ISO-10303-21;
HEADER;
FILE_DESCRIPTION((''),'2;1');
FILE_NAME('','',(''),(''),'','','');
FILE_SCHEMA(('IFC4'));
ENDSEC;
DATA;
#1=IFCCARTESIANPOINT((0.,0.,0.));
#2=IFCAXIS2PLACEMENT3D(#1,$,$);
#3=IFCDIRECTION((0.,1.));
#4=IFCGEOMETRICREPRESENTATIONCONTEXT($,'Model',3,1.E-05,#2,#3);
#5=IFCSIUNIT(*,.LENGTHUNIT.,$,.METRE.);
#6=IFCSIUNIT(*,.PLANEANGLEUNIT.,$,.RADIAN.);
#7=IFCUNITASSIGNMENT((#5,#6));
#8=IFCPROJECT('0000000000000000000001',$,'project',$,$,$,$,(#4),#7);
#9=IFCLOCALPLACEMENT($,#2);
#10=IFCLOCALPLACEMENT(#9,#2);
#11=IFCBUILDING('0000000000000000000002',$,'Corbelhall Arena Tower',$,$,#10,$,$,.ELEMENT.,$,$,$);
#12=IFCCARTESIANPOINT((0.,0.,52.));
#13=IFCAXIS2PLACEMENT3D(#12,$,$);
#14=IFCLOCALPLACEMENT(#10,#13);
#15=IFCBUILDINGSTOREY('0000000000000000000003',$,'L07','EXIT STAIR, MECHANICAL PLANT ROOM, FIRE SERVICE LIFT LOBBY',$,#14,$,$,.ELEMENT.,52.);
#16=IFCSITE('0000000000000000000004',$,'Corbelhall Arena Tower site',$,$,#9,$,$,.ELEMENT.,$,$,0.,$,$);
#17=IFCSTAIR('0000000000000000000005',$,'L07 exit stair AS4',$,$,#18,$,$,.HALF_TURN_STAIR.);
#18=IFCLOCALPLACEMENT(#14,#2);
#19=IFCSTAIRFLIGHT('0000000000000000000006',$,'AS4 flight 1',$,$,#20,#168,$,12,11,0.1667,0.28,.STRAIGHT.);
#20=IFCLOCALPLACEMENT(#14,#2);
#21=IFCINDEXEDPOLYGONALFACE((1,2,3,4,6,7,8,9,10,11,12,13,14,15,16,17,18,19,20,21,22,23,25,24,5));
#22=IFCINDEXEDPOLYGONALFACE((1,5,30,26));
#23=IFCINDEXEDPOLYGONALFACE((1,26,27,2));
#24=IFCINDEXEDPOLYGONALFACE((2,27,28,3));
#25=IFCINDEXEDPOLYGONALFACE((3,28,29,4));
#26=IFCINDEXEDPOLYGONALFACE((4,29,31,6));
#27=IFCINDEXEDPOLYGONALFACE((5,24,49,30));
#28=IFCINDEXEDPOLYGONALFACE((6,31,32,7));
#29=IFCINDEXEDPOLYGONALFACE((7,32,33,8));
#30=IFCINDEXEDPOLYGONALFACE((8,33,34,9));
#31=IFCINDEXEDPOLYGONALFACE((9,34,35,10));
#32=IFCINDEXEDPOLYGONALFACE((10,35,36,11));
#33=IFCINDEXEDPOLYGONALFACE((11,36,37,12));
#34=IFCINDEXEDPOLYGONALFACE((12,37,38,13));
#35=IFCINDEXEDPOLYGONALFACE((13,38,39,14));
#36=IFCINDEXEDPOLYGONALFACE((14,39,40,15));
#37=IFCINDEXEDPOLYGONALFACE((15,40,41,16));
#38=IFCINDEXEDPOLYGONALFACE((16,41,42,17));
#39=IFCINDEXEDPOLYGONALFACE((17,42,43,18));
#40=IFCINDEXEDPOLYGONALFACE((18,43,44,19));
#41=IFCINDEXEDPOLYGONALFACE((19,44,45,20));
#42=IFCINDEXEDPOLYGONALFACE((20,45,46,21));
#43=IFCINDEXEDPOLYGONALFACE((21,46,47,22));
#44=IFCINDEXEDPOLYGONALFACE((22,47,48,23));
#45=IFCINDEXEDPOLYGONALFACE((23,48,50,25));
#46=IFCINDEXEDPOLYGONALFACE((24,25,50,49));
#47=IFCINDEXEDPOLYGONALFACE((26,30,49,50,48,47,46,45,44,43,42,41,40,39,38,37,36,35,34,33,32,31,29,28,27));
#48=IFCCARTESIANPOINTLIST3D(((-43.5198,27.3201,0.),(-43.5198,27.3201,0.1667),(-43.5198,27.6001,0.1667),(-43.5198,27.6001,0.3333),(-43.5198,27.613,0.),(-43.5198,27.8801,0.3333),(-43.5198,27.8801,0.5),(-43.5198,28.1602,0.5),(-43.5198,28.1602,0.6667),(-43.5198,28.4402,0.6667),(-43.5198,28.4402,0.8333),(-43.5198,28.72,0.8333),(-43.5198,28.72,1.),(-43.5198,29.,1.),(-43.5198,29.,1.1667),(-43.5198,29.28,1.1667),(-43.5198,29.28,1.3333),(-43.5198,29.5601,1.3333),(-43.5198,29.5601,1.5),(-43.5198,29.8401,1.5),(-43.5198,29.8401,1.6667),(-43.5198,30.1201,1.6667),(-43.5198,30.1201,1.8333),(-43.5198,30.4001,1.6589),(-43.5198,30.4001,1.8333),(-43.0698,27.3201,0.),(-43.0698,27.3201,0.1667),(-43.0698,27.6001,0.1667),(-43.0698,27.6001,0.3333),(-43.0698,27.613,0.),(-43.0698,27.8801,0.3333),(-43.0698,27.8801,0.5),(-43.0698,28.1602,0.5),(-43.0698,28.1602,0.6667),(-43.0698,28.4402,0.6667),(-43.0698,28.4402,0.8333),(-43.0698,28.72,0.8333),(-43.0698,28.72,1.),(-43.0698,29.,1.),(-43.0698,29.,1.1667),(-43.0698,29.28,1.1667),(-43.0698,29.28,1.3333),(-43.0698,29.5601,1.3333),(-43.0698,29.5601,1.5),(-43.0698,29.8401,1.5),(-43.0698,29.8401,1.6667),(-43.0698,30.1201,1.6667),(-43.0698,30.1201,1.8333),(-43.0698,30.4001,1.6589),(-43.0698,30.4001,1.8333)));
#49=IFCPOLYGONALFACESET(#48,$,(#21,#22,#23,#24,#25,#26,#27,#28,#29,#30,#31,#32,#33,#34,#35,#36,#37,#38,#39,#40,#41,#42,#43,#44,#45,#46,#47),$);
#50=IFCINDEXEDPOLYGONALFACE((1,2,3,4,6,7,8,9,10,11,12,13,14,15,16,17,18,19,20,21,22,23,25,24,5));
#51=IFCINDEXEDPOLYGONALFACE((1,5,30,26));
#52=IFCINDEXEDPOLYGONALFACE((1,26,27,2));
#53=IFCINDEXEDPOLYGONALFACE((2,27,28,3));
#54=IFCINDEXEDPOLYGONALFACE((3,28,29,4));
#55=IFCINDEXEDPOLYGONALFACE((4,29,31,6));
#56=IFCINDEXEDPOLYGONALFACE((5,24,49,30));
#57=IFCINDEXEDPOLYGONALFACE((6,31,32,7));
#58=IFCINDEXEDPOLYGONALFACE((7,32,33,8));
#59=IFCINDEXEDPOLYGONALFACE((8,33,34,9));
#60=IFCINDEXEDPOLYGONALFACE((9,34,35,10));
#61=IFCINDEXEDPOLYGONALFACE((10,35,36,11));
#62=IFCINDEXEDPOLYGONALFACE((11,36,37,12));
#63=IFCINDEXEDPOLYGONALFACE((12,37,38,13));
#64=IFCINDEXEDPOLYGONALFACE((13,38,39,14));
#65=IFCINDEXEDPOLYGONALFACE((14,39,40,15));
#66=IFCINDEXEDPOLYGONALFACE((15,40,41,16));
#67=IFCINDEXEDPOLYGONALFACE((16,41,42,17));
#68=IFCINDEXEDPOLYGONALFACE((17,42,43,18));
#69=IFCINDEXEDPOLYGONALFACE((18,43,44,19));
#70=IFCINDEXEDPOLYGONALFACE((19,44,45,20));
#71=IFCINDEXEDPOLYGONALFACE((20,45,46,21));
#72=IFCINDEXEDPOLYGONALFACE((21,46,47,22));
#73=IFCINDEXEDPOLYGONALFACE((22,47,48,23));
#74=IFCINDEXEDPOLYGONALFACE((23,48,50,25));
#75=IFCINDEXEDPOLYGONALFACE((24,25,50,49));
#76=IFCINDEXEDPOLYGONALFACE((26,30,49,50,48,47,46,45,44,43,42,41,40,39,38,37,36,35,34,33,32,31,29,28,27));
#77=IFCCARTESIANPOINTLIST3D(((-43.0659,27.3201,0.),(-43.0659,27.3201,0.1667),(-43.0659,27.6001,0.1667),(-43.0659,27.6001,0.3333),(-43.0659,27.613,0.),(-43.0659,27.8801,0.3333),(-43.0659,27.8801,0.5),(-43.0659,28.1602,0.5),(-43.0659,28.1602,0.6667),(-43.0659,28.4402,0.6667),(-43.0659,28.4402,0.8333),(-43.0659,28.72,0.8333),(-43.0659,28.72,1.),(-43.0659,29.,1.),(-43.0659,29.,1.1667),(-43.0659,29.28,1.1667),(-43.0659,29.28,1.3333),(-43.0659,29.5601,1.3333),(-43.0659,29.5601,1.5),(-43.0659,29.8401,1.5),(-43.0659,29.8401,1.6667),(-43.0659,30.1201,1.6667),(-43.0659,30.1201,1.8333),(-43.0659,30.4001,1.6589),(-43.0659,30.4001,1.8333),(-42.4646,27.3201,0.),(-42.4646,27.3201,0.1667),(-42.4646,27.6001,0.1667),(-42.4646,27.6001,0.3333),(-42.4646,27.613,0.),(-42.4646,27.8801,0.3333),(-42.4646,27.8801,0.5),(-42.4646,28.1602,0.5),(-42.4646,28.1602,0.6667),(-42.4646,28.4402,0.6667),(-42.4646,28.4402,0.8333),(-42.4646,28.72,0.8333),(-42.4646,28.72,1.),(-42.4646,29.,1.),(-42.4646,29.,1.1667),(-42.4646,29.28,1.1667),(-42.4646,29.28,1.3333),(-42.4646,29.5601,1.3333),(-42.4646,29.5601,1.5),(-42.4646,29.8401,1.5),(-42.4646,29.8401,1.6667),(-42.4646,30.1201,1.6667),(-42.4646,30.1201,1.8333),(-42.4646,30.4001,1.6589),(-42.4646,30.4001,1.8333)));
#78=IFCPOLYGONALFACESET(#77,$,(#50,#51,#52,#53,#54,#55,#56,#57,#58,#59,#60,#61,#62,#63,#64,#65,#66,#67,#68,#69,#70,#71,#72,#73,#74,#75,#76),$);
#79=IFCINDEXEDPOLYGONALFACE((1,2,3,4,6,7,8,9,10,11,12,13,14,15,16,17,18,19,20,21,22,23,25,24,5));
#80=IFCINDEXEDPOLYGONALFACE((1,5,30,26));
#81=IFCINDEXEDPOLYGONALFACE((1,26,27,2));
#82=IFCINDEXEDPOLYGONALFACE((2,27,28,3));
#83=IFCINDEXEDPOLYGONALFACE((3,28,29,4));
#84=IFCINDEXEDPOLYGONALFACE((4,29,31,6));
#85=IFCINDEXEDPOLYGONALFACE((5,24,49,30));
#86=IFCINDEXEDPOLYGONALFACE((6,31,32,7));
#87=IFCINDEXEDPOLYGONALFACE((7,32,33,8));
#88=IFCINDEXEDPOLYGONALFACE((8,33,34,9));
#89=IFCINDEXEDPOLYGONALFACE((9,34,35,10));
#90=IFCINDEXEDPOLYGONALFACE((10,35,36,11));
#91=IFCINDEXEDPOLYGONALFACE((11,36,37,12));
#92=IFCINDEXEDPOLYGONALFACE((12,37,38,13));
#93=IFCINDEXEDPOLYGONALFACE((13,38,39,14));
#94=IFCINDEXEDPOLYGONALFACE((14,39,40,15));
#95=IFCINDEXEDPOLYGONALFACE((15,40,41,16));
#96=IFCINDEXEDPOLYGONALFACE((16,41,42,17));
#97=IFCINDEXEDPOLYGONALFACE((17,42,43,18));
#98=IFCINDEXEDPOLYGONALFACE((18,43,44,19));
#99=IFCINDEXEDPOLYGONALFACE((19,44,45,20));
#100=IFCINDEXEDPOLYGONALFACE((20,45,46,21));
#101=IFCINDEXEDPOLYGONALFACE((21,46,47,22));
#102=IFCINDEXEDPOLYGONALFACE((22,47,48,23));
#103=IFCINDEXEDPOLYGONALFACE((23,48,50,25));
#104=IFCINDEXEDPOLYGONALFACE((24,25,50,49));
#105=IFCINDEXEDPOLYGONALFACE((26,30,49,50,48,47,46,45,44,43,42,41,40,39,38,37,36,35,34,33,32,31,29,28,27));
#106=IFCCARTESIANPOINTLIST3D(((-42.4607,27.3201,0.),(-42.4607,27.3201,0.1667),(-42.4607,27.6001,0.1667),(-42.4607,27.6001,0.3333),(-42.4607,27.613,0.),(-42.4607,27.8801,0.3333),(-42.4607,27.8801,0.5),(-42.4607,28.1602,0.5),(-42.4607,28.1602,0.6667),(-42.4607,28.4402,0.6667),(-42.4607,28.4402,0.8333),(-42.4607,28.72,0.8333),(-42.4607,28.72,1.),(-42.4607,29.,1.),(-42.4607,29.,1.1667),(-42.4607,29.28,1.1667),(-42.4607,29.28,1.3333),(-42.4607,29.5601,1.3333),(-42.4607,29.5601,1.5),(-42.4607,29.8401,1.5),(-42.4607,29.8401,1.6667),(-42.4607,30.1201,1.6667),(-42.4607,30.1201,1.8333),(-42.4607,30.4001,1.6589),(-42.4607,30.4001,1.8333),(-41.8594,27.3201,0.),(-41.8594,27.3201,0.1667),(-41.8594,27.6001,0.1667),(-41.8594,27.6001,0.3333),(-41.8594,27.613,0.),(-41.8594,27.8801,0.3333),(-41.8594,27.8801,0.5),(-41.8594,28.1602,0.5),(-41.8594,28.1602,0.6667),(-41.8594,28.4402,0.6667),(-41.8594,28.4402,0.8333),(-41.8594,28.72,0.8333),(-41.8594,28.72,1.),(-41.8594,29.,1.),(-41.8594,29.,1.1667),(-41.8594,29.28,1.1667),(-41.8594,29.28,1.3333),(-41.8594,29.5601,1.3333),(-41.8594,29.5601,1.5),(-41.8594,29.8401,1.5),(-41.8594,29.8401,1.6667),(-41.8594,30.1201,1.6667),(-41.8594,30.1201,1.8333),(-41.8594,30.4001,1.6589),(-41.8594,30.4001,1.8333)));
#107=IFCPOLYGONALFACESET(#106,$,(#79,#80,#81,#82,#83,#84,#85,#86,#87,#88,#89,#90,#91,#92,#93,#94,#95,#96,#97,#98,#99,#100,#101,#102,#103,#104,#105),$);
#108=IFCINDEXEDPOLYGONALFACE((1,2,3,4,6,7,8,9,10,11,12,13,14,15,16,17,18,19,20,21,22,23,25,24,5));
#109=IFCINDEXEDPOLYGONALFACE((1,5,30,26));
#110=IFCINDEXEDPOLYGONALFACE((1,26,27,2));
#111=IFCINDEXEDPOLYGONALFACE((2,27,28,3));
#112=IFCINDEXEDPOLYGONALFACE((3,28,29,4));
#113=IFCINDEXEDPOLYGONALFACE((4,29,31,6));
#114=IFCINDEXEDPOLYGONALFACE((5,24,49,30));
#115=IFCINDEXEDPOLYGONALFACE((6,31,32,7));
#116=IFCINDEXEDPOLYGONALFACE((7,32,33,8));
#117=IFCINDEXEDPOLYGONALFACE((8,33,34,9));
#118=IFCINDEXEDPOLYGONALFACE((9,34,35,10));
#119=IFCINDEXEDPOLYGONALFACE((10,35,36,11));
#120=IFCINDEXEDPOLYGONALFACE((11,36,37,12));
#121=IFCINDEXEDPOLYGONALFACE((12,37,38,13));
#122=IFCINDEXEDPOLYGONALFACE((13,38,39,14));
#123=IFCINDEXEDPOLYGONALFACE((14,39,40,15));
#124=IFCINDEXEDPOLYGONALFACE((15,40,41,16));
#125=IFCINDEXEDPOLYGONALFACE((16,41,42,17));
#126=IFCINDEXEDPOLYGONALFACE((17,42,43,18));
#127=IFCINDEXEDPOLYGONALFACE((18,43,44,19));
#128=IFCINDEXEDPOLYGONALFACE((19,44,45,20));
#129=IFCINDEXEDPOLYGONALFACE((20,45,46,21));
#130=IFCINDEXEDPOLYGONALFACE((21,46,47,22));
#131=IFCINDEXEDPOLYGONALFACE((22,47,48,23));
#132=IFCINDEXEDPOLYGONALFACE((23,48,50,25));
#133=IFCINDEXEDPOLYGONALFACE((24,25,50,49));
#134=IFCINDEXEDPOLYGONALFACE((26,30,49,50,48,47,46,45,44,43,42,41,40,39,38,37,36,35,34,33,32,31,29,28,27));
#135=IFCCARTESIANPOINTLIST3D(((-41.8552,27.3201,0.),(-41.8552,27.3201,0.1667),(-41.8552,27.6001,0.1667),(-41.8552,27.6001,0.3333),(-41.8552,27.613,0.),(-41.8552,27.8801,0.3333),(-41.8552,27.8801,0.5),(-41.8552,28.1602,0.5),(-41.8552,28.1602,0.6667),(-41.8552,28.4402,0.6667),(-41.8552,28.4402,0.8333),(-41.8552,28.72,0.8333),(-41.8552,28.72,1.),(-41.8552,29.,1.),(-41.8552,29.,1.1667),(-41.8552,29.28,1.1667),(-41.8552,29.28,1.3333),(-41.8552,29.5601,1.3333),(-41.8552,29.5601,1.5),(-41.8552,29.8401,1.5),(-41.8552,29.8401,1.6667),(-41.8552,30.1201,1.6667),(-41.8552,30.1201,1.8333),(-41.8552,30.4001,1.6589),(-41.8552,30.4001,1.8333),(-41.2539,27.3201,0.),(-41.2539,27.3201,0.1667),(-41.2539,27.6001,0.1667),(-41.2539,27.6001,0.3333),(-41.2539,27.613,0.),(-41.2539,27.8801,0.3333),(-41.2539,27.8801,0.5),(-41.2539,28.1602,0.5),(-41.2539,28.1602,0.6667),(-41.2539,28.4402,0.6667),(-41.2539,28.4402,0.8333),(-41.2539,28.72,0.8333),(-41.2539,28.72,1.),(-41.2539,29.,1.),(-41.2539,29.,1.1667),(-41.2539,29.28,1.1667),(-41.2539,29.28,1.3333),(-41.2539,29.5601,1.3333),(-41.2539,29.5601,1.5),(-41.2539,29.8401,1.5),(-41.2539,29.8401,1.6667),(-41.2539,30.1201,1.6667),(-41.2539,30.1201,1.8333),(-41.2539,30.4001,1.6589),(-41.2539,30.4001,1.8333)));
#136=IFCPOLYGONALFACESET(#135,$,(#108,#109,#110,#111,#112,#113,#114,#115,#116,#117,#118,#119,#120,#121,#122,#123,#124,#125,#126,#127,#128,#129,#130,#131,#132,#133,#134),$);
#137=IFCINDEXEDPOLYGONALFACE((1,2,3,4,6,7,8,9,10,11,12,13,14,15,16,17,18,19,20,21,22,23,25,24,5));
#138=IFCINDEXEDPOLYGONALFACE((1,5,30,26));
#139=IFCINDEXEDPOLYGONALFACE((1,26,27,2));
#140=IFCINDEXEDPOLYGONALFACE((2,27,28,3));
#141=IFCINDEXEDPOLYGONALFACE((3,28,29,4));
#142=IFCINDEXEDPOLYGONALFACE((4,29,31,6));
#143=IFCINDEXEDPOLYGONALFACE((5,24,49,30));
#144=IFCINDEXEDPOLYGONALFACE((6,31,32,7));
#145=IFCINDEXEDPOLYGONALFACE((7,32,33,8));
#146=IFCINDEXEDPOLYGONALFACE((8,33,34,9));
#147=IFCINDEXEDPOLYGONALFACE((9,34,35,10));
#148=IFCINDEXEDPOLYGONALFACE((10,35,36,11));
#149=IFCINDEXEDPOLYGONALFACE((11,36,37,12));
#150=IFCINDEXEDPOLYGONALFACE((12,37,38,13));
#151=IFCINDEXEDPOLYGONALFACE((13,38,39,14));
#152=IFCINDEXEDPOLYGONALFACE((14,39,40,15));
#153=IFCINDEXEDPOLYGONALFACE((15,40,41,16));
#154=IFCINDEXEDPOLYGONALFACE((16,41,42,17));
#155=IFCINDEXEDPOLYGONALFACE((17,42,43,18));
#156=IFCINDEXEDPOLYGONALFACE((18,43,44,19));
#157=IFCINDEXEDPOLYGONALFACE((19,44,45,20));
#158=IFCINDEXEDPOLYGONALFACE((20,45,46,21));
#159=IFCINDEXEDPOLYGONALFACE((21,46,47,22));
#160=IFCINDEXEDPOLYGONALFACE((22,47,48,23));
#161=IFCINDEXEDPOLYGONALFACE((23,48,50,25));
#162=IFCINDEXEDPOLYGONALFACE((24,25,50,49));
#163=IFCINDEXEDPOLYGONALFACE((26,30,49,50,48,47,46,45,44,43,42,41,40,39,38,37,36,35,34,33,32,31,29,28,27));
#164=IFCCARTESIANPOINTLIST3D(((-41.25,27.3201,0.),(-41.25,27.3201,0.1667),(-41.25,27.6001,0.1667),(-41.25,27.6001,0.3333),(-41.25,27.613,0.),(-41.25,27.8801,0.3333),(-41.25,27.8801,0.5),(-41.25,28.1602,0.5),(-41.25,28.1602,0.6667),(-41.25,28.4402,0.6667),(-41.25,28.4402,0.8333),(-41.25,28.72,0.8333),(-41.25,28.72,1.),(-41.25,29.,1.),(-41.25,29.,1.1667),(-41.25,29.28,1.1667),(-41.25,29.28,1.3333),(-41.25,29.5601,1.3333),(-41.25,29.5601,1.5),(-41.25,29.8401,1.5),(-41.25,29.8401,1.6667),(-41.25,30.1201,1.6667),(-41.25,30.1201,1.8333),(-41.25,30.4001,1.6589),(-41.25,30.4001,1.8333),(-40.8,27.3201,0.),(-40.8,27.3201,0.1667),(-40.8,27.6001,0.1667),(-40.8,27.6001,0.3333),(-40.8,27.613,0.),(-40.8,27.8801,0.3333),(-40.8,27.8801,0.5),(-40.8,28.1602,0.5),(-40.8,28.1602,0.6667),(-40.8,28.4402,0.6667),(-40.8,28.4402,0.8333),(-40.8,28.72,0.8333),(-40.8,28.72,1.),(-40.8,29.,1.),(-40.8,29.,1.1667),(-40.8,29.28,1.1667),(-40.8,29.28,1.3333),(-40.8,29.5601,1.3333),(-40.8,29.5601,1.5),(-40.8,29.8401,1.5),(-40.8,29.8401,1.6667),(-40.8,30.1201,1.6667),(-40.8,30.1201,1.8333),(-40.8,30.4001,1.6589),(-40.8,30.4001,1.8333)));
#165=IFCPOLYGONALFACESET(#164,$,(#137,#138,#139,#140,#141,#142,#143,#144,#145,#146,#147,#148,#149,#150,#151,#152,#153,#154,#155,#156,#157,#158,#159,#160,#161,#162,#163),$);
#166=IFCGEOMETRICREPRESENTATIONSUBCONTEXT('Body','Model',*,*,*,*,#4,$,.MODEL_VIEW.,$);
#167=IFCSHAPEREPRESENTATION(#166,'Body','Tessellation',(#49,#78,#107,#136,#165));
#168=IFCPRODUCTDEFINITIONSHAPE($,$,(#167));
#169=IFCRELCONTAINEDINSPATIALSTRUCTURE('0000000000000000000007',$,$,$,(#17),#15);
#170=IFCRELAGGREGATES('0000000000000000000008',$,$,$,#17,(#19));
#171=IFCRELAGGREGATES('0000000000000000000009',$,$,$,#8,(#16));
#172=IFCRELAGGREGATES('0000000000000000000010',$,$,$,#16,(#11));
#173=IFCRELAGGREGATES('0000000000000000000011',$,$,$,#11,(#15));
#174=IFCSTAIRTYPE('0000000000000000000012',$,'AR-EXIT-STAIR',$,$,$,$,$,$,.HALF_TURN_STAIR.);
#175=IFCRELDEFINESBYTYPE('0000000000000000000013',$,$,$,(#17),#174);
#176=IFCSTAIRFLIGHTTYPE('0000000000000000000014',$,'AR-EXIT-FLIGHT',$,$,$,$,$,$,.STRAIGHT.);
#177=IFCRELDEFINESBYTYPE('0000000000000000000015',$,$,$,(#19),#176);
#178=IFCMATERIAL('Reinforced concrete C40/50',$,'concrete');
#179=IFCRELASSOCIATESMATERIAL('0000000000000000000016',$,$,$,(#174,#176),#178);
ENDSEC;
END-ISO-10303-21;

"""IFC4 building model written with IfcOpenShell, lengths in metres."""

from ifc_helpers import new_model, si_unit, direction, frame, origin, place, context, subcontext, project, spatial, polyline, outline, extrude, material, type_object, element, aggregate, save


model = new_model("IFC4")

# Units and contexts
model_context = context("Model", 3, precision=1e-05, world=origin(), true_north=direction((0.0, 1.0)))
body_context = subcontext(model_context, "Body", "Model", "MODEL_VIEW")
ifc_project = project(units=[si_unit("LENGTHUNIT", "METRE"), si_unit("PLANEANGLEUNIT", "RADIAN")], contexts=[model_context])

# Site, building, storey
site_placement = place(None, origin())
site = spatial("IfcSite", under=ifc_project, at=site_placement, Name="Corbelhall Arena Tower site", CompositionType="ELEMENT", RefElevation=0.0)
building_placement = place(site_placement, origin())
building = spatial("IfcBuilding", under=site, at=building_placement, Name="Corbelhall Arena Tower", CompositionType="ELEMENT")
storey_placement = place(building_placement, frame((0.0, 0.0, 52.0)))
storey = spatial("IfcBuildingStorey", under=building, at=storey_placement, Name="L07", Description="EXIT STAIR, MECHANICAL PLANT ROOM, FIRE SERVICE LIFT LOBBY", CompositionType="ELEMENT", Elevation=52.0)

# Shared definitions
ifc_material_1 = material(Name="Reinforced concrete C40/50", Category="concrete")

# Stair, stair flight
stair_type = type_object("IfcStairType", Name="AR-EXIT-STAIR", PredefinedType="HALF_TURN_STAIR", material=ifc_material_1)
stair_placement = place(storey_placement, origin())
stair = element("IfcStair", 1, at=stair_placement, inside=storey, type_object=stair_type, Name="L07 exit stair AS4", PredefinedType="HALF_TURN_STAIR")
stair_flight_type = type_object("IfcStairFlightType", Name="AR-EXIT-FLIGHT", PredefinedType="STRAIGHT", material=ifc_material_1)
stair_flight_1_placement = place(storey_placement, frame((-42.1599, 27.3201, 0.0), z_axis=(0.0, 0.0, 1.0), x_axis=(0.0, 1.0, 0.0)))
stair_flight_1 = element("IfcStairFlight", 2, at=stair_flight_1_placement, type_object=stair_flight_type, Name="AS4 flight 1", NumberOfRisers=12, NumberOfTreads=11, PredefinedType="STRAIGHT", RiserHeight=0.1667, TreadLength=0.28, context=body_context, shape_type="SweptSolid", body=[
    extrude(outline(polyline([(0.0, 0.0), (0.0, 0.1667), (0.28, 0.1667), (0.28, 0.3333), (0.5601, 0.3333), (0.5601, 0.5), (0.8401, 0.5), (0.8401, 0.6667), (1.1201, 0.6667), (1.1201, 0.8333), (1.3999, 0.8333), (1.3999, 1.0), (1.6799, 1.0), (1.6799, 1.1667), (1.96, 1.1667), (1.96, 1.3333), (2.24, 1.3333), (2.24, 1.5), (2.52, 1.5), (2.52, 1.6667), (2.8, 1.6667), (2.8, 1.8333), (3.0801, 1.8333), (3.0801, 2.0), (3.0801, 1.6589), (0.293, 0.0), (0.0, 0.0)])), frame((0.0, 1.3599, 0.0), z_axis=(0.0, -1.0, 0.0), x_axis=(1.0, 0.0, 0.0)), (0.0, 0.0, 1.0), 0.45),
    extrude(outline(polyline([(0.0, 0.0), (0.0, 0.1667), (0.28, 0.1667), (0.28, 0.3333), (0.5601, 0.3333), (0.5601, 0.5), (0.8401, 0.5), (0.8401, 0.6667), (1.1201, 0.6667), (1.1201, 0.8333), (1.3999, 0.8333), (1.3999, 1.0), (1.6799, 1.0), (1.6799, 1.1667), (1.96, 1.1667), (1.96, 1.3333), (2.24, 1.3333), (2.24, 1.5), (2.52, 1.5), (2.52, 1.6667), (2.8, 1.6667), (2.8, 1.8333), (3.0801, 1.8333), (3.0801, 2.0), (3.0801, 1.6589), (0.293, 0.0), (0.0, 0.0)])), frame((0.0, 0.906, 0.0), z_axis=(0.0, -1.0, 0.0), x_axis=(1.0, 0.0, 0.0)), (0.0, 0.0, 1.0), 0.6013),
    extrude(outline(polyline([(0.0, 0.0), (0.0, 0.1667), (0.28, 0.1667), (0.28, 0.3333), (0.5601, 0.3333), (0.5601, 0.5), (0.8401, 0.5), (0.8401, 0.6667), (1.1201, 0.6667), (1.1201, 0.8333), (1.3999, 0.8333), (1.3999, 1.0), (1.6799, 1.0), (1.6799, 1.1667), (1.96, 1.1667), (1.96, 1.3333), (2.24, 1.3333), (2.24, 1.5), (2.52, 1.5), (2.52, 1.6667), (2.8, 1.6667), (2.8, 1.8333), (3.0801, 1.8333), (3.0801, 2.0), (3.0801, 1.6589), (0.293, 0.0), (0.0, 0.0)])), frame((0.0, 0.3008, 0.0), z_axis=(0.0, -1.0, 0.0), x_axis=(1.0, 0.0, 0.0)), (0.0, 0.0, 1.0), 0.6013),
    extrude(outline(polyline([(0.0, 0.0), (0.0, 0.1667), (0.28, 0.1667), (0.28, 0.3333), (0.5601, 0.3333), (0.5601, 0.5), (0.8401, 0.5), (0.8401, 0.6667), (1.1201, 0.6667), (1.1201, 0.8333), (1.3999, 0.8333), (1.3999, 1.0), (1.6799, 1.0), (1.6799, 1.1667), (1.96, 1.1667), (1.96, 1.3333), (2.24, 1.3333), (2.24, 1.5), (2.52, 1.5), (2.52, 1.6667), (2.8, 1.6667), (2.8, 1.8333), (3.0801, 1.8333), (3.0801, 2.0), (3.0801, 1.6589), (0.293, 0.0), (0.0, 0.0)])), frame((0.0, -0.3047, 0.0), z_axis=(0.0, -1.0, 0.0), x_axis=(1.0, 0.0, 0.0)), (0.0, 0.0, 1.0), 0.6013),
    extrude(outline(polyline([(0.0, 0.0), (0.0, 0.1667), (0.28, 0.1667), (0.28, 0.3333), (0.5601, 0.3333), (0.5601, 0.5), (0.8401, 0.5), (0.8401, 0.6667), (1.1201, 0.6667), (1.1201, 0.8333), (1.3999, 0.8333), (1.3999, 1.0), (1.6799, 1.0), (1.6799, 1.1667), (1.96, 1.1667), (1.96, 1.3333), (2.24, 1.3333), (2.24, 1.5), (2.52, 1.5), (2.52, 1.6667), (2.8, 1.6667), (2.8, 1.8333), (3.0801, 1.8333), (3.0801, 2.0), (3.0801, 1.6589), (0.293, 0.0), (0.0, 0.0)])), frame((0.0, -0.9099, 0.0), z_axis=(0.0, -1.0, 0.0), x_axis=(1.0, 0.0, 0.0)), (0.0, 0.0, 1.0), 0.45),
])
aggregate(stair, [stair_flight_1])

save(model, "model.ifc")
